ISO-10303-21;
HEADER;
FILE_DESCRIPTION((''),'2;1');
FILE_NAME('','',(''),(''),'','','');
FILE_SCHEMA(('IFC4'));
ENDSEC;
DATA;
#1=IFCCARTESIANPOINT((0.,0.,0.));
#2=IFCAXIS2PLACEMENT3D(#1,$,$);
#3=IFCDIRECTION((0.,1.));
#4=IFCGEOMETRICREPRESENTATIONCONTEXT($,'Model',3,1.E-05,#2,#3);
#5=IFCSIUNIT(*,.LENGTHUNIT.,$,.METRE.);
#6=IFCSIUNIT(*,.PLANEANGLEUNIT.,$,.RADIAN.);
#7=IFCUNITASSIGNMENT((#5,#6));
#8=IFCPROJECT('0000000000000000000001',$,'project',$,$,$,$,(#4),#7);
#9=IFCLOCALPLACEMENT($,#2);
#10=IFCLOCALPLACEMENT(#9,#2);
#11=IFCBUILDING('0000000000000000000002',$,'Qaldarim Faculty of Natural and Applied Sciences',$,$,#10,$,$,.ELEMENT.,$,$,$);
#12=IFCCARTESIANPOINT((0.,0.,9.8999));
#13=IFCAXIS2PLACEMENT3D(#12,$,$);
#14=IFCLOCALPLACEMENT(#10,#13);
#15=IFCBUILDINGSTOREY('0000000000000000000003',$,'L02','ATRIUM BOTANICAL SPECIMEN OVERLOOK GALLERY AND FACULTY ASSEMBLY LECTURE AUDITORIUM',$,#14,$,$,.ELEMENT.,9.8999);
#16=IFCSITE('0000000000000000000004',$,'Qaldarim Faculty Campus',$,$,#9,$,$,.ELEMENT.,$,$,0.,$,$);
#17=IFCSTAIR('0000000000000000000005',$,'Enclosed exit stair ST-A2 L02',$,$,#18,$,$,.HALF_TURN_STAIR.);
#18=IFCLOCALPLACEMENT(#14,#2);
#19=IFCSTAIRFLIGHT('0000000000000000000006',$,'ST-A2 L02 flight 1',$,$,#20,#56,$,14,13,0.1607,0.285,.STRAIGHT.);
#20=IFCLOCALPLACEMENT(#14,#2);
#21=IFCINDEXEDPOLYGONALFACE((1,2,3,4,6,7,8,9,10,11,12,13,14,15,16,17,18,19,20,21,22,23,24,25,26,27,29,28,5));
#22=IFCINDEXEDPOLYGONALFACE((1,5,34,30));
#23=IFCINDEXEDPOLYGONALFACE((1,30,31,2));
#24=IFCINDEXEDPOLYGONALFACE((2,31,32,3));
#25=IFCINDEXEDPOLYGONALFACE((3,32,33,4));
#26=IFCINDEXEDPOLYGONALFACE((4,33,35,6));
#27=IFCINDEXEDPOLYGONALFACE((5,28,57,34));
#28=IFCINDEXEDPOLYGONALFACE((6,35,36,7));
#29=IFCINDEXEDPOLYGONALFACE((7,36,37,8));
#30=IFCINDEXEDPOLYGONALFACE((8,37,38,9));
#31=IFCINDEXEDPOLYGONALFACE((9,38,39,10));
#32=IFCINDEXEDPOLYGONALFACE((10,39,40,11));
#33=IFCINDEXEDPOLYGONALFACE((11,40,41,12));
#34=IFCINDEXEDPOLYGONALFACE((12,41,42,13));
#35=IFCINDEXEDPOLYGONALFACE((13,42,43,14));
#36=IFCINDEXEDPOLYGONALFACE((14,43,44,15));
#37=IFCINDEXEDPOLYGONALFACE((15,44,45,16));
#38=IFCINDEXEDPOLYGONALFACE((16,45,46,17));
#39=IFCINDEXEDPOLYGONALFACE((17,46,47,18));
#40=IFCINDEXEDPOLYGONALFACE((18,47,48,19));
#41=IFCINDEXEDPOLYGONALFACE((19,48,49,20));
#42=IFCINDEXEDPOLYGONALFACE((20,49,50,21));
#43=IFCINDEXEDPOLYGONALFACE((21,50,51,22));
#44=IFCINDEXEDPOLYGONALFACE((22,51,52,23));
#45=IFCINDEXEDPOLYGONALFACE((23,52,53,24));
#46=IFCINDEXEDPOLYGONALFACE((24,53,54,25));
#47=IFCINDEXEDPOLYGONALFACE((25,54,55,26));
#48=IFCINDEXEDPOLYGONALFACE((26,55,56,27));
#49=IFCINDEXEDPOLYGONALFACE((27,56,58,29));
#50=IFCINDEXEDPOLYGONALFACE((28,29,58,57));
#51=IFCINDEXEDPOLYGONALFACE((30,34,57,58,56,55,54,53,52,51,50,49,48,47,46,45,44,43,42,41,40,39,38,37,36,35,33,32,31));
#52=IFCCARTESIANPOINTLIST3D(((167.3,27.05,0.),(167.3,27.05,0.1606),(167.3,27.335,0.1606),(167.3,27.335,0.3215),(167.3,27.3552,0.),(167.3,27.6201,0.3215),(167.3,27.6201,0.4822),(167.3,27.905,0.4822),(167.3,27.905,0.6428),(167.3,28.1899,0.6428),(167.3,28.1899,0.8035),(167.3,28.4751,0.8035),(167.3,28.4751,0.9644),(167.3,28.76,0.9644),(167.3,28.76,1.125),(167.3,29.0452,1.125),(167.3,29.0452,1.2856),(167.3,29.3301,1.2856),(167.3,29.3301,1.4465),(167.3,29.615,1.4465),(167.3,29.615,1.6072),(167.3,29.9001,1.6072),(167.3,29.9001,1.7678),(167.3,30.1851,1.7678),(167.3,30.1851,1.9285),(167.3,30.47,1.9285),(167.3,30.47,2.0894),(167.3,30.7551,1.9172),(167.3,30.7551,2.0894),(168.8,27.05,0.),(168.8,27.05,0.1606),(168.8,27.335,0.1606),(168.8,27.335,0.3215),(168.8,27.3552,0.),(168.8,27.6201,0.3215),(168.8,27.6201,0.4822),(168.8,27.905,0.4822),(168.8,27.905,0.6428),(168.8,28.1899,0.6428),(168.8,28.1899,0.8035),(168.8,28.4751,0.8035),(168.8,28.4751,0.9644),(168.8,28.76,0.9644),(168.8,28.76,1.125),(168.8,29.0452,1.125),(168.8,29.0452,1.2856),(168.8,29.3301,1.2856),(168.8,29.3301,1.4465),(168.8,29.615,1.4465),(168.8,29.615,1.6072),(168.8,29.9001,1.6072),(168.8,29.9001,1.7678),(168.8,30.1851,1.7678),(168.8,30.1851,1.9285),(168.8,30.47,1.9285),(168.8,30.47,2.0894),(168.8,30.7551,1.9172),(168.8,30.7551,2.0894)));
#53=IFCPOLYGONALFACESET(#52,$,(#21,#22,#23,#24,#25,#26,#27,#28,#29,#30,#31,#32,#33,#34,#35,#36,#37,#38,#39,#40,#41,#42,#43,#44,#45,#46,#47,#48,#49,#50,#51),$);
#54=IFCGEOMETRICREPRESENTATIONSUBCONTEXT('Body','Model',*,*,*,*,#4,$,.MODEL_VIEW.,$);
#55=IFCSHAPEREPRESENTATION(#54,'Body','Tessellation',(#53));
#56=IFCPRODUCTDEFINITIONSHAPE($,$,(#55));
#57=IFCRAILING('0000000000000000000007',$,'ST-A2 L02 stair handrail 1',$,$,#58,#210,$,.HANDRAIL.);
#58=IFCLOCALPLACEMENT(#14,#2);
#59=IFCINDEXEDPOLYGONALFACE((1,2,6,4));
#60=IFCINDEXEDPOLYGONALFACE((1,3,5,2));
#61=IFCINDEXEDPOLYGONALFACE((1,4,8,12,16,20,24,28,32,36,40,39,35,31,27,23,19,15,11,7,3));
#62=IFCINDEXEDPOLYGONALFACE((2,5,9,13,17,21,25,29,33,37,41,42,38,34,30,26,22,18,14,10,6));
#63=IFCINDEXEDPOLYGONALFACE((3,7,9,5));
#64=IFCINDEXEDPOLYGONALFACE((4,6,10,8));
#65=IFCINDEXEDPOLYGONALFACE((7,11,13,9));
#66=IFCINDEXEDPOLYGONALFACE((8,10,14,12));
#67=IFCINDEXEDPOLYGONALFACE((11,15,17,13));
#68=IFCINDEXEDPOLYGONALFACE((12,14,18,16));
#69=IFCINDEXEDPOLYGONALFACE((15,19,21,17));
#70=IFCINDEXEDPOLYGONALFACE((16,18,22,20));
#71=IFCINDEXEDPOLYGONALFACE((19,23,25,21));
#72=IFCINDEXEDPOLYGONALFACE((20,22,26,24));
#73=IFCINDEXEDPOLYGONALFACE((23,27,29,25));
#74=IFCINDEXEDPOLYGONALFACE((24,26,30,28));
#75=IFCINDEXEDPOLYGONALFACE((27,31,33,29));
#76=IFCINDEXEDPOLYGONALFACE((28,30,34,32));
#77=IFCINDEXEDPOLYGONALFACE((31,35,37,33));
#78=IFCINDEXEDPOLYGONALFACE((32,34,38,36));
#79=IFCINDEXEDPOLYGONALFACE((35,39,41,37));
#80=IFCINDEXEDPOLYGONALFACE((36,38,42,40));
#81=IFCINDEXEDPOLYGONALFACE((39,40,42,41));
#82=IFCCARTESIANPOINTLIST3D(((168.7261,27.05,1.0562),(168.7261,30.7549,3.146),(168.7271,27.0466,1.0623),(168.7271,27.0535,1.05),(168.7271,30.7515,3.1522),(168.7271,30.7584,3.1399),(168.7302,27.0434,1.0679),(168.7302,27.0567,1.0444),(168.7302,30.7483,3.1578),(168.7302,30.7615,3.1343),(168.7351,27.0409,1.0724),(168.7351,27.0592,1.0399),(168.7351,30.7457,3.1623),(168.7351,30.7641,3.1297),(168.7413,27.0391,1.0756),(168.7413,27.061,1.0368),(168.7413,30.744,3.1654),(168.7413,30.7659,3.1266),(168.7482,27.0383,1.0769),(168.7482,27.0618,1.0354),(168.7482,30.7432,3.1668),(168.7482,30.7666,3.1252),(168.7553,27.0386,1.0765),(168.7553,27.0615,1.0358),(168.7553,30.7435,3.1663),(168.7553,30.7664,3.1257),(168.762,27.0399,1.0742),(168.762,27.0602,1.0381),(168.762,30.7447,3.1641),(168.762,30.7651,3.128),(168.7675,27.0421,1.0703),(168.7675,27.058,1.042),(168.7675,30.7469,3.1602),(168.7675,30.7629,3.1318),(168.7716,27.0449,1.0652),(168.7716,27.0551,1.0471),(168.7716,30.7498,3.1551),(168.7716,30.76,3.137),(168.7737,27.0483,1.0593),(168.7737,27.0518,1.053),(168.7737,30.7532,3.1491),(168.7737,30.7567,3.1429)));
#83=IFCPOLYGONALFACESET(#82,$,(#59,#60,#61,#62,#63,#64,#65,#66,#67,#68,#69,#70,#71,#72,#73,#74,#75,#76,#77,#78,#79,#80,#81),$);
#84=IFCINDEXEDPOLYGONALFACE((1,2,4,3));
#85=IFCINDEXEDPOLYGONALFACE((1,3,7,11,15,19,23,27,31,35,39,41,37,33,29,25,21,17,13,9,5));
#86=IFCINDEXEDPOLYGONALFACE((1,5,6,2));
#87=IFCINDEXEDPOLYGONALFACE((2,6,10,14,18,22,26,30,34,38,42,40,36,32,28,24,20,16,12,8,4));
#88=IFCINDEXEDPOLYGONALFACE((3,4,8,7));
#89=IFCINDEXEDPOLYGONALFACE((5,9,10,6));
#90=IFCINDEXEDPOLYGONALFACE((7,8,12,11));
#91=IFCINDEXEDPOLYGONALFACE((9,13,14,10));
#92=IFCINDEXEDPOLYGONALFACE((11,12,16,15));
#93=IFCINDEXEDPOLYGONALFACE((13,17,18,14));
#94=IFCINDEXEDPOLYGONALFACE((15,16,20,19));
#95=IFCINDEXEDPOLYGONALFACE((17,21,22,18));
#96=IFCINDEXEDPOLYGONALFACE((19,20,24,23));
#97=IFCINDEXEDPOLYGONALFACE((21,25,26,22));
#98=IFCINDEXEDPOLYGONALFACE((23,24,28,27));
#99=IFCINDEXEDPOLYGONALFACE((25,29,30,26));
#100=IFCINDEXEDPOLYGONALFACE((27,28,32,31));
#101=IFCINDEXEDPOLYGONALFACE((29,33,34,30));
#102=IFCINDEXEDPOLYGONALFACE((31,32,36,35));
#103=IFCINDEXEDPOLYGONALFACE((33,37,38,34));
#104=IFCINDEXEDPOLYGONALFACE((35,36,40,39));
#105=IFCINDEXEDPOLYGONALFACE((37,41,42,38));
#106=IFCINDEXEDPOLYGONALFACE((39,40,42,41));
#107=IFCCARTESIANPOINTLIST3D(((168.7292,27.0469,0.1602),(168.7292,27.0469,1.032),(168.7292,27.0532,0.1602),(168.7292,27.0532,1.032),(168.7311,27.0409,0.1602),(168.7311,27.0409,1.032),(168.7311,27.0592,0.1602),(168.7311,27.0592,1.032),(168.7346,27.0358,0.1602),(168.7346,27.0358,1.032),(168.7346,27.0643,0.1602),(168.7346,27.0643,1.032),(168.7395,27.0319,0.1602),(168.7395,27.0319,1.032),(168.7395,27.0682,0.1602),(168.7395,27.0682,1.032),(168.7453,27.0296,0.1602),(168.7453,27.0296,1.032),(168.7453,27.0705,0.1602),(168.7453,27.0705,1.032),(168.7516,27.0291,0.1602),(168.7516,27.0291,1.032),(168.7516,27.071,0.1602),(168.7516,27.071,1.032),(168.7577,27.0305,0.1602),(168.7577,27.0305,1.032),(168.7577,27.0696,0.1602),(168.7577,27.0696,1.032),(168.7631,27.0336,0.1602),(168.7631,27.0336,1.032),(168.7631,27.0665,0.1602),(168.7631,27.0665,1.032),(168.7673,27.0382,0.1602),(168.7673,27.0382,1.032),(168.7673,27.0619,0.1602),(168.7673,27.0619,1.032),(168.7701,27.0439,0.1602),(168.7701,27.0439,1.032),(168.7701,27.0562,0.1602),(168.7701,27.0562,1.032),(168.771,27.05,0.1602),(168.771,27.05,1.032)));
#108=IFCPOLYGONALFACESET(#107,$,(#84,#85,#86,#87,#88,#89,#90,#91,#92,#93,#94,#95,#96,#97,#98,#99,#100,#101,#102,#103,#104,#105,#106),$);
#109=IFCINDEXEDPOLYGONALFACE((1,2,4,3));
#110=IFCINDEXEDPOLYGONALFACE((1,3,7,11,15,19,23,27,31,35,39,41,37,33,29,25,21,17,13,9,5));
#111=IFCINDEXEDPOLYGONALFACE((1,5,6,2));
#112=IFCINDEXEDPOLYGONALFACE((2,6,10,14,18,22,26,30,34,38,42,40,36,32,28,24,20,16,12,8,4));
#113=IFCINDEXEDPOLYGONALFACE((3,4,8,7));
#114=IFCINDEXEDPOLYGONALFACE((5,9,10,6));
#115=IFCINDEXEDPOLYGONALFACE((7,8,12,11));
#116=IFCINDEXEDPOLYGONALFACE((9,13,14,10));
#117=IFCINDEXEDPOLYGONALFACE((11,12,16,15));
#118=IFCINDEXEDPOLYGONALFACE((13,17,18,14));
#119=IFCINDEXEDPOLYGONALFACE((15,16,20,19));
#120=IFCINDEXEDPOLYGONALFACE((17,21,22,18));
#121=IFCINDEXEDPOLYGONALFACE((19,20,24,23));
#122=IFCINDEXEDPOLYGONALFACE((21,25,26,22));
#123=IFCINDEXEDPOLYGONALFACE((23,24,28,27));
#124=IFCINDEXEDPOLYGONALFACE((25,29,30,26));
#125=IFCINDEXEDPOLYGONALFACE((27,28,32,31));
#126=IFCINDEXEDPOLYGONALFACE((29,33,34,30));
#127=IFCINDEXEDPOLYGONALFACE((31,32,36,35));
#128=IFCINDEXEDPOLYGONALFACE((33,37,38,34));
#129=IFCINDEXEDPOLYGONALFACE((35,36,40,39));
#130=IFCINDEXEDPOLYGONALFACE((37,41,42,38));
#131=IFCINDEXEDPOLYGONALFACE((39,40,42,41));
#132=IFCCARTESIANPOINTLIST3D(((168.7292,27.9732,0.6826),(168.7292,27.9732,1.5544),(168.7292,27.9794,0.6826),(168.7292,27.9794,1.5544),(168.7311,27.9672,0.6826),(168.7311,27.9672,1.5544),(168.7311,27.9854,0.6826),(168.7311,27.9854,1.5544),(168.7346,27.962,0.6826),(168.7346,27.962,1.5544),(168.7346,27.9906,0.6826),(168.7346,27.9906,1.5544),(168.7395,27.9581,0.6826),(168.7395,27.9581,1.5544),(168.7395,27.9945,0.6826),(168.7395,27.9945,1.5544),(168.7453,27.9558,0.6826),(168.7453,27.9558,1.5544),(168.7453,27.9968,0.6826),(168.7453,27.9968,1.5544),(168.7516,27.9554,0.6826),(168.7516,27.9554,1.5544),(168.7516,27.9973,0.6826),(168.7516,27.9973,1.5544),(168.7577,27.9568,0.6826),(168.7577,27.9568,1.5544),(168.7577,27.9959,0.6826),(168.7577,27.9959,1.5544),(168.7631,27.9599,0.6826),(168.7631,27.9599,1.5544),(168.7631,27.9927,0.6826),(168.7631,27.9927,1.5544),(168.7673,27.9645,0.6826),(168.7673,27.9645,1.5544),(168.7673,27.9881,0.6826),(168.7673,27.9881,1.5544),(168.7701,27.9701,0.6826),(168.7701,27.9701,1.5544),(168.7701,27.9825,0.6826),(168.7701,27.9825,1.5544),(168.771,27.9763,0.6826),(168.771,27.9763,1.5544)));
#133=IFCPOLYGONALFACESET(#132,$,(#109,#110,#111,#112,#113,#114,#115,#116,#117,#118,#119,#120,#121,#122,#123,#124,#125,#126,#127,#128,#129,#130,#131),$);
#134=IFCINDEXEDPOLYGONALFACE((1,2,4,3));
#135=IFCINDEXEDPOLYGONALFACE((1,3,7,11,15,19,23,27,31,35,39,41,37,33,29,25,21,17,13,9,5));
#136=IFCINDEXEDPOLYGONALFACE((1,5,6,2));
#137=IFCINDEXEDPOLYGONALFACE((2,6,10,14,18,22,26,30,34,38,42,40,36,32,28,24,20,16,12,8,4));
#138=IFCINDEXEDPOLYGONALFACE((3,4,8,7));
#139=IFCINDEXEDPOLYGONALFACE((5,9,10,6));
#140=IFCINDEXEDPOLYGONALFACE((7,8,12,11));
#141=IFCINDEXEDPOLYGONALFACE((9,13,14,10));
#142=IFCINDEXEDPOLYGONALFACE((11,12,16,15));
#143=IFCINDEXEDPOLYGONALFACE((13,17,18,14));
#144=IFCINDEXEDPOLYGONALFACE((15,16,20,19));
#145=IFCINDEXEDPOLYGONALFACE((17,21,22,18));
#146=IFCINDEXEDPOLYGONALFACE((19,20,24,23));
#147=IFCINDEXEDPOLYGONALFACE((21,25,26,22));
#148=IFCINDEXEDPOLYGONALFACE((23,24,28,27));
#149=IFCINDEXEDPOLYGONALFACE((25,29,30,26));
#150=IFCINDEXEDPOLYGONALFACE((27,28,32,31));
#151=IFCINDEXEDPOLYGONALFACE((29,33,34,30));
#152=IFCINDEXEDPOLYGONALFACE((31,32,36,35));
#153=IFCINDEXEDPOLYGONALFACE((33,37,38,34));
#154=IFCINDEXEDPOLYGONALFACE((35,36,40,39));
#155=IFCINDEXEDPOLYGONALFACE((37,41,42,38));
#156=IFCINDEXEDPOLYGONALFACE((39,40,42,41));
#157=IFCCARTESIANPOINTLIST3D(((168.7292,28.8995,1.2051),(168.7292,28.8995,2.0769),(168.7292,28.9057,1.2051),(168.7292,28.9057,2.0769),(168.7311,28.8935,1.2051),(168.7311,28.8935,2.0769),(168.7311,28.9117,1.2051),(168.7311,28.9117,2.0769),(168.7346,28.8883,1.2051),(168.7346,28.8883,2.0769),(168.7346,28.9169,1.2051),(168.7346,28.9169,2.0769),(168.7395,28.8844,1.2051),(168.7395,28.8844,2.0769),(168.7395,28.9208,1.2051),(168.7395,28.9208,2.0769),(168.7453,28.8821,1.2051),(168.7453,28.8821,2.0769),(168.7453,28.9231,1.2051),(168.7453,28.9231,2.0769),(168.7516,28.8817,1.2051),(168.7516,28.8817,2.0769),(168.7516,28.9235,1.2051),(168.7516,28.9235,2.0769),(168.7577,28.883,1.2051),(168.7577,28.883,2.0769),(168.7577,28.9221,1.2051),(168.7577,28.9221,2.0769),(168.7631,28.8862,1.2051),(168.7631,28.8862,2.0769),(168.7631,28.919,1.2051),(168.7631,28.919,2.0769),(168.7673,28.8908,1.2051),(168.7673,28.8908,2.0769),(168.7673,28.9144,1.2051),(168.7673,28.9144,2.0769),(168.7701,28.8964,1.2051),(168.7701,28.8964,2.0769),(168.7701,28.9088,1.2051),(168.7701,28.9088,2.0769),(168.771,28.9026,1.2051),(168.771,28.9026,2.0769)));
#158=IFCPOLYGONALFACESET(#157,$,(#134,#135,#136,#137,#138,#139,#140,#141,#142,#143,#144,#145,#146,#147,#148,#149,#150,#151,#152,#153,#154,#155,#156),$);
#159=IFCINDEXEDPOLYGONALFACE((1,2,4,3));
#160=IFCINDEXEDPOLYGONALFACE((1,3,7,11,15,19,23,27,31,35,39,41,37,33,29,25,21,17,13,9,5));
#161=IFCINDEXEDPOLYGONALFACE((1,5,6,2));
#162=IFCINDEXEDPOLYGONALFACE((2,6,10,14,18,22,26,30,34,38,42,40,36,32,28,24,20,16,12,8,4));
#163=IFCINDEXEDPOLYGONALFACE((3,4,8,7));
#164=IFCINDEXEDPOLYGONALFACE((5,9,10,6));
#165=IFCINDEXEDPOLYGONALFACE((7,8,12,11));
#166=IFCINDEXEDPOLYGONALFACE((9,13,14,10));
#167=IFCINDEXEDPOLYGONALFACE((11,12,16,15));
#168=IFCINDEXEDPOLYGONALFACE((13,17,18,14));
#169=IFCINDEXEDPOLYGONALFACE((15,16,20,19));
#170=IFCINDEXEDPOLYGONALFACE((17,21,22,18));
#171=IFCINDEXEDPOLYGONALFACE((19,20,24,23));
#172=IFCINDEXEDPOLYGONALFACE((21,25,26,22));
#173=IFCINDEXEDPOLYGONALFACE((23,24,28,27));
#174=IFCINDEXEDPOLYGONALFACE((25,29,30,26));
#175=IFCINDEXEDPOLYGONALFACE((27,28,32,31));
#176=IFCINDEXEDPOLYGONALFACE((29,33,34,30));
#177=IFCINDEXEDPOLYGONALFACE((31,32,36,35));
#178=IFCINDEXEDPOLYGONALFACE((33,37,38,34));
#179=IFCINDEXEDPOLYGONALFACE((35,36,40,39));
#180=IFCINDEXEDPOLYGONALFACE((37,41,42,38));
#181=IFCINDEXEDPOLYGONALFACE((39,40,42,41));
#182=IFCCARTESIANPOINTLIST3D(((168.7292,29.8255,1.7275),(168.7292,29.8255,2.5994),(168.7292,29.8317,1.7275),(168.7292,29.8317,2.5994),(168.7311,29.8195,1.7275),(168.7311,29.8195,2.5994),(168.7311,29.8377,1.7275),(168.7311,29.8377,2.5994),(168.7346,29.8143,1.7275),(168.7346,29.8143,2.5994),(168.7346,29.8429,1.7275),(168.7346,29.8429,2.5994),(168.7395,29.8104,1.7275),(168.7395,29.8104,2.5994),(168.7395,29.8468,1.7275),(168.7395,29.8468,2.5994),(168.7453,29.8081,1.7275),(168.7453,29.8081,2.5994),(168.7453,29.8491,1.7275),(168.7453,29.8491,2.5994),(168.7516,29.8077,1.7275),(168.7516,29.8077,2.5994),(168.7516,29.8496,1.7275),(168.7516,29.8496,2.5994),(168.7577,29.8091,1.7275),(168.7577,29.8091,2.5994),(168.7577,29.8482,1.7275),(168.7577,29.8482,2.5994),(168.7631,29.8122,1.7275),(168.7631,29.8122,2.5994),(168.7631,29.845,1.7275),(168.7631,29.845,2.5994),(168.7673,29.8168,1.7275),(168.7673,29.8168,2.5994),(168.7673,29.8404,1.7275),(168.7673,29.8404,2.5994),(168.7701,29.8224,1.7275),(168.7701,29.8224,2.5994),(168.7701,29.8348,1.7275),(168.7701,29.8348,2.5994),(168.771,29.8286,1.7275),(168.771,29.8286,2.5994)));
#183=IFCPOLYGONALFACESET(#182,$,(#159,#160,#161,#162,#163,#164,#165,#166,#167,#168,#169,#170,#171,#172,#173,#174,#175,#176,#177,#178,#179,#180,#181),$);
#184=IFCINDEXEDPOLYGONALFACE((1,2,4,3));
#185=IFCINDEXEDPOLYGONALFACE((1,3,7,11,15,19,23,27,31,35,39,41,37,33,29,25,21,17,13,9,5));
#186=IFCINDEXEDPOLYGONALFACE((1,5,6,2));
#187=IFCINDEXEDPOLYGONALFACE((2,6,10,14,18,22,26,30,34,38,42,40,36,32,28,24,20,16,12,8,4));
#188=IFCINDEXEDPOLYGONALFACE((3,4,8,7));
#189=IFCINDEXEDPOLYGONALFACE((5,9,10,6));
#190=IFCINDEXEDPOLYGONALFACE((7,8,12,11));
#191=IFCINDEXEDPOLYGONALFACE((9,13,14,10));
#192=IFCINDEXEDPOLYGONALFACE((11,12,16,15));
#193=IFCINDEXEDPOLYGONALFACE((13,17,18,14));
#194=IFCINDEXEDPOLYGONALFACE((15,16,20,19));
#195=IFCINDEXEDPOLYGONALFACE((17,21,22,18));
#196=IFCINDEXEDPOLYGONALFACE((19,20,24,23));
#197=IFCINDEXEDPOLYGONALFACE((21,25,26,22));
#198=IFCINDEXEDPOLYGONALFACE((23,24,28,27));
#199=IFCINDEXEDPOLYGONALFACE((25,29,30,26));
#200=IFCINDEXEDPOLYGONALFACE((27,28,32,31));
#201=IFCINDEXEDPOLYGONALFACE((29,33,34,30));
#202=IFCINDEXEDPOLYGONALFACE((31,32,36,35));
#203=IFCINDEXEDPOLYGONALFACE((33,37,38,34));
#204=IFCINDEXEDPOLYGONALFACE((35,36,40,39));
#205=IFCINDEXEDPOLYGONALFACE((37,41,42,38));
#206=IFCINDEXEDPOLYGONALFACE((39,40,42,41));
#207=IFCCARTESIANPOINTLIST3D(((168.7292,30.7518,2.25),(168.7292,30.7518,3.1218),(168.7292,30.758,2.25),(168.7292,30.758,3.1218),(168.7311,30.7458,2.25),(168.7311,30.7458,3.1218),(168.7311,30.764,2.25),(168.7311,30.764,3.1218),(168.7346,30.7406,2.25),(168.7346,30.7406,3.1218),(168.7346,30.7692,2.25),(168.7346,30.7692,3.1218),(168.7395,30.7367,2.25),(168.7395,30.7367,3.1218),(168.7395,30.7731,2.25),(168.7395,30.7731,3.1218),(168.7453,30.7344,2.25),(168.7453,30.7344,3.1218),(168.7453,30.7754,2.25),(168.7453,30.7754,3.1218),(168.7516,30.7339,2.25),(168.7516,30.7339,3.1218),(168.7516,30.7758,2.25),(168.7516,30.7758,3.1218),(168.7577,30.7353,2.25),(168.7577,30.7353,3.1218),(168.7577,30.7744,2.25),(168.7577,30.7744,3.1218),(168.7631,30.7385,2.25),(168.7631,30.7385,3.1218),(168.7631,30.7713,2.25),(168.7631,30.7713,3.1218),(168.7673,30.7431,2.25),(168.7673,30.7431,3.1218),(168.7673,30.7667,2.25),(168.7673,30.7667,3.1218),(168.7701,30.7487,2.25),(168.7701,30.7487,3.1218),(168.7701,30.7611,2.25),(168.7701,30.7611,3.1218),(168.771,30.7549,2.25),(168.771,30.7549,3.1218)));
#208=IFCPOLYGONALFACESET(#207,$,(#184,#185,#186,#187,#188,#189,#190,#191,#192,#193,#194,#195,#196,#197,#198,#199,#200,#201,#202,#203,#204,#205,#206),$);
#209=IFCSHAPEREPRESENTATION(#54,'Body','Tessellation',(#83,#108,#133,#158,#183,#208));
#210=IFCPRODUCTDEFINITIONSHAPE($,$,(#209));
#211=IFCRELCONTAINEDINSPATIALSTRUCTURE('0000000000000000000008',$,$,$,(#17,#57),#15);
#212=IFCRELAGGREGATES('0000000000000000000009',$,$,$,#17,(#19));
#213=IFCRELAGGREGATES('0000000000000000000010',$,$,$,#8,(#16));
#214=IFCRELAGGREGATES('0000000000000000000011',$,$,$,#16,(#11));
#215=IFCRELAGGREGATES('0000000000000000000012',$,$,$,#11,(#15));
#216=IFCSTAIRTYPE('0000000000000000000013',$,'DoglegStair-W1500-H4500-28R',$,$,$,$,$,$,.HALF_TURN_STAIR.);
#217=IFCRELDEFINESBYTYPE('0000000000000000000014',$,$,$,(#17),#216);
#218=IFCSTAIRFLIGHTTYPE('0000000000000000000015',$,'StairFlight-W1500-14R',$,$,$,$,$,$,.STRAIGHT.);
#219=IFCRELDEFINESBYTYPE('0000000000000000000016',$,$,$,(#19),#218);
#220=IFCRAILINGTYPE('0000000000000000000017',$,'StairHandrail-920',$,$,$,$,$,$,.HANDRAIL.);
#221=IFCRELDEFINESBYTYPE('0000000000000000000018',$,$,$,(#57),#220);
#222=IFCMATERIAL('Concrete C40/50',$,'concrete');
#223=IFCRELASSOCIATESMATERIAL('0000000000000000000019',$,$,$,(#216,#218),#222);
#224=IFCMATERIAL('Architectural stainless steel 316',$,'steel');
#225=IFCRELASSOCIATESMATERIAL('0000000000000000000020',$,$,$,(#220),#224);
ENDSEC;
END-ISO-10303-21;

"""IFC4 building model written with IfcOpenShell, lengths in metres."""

from ifc_helpers import new_model, si_unit, direction, frame, origin, origin_2d, place, context, subcontext, project, spatial, polyline, circle, outline, extrude, material, type_object, element, aggregate, save


model = new_model("IFC4")

# Units and contexts
model_context = context("Model", 3, precision=1e-05, world=origin(), true_north=direction((0.0, 1.0)))
body_context = subcontext(model_context, "Body", "Model", "MODEL_VIEW")
ifc_project = project(units=[si_unit("LENGTHUNIT", "METRE"), si_unit("PLANEANGLEUNIT", "RADIAN")], contexts=[model_context])

# Site, building, storey
site_placement = place(None, origin())
site = spatial("IfcSite", under=ifc_project, at=site_placement, Name="Qaldarim Faculty Campus", CompositionType="ELEMENT", RefElevation=0.0)
building_placement = place(site_placement, origin())
building = spatial("IfcBuilding", under=site, at=building_placement, Name="Qaldarim Faculty of Natural and Applied Sciences", CompositionType="ELEMENT")
storey_placement = place(building_placement, frame((0.0, 0.0, 9.8999)))
storey = spatial("IfcBuildingStorey", under=building, at=storey_placement, Name="L02", Description="ATRIUM BOTANICAL SPECIMEN OVERLOOK GALLERY AND FACULTY ASSEMBLY LECTURE AUDITORIUM", CompositionType="ELEMENT", Elevation=9.8999)

# Shared definitions
ifc_material_1 = material(Name="Concrete C40/50", Category="concrete")

# Shared definitions
ifc_material_2 = material(Name="Architectural stainless steel 316", Category="steel")

# Stair, stair flight
stair_type = type_object("IfcStairType", Name="DoglegStair-W1500-H4500-28R", PredefinedType="HALF_TURN_STAIR", material=ifc_material_1)
stair_placement = place(storey_placement, origin())
stair = element("IfcStair", 1, at=stair_placement, inside=storey, type_object=stair_type, Name="Enclosed exit stair ST-A2 L02", PredefinedType="HALF_TURN_STAIR")
stair_flight_type = type_object("IfcStairFlightType", Name="StairFlight-W1500-14R", PredefinedType="STRAIGHT", material=ifc_material_1)
stair_flight_placement = place(storey_placement, frame((168.05, 27.05, 0.0), z_axis=(0.0, 0.0, 1.0), x_axis=(0.0, 1.0, 0.0)))
stair_flight = element("IfcStairFlight", 2, at=stair_flight_placement, type_object=stair_flight_type, Name="ST-A2 L02 flight 1", NumberOfRisers=14, NumberOfTreads=13, PredefinedType="STRAIGHT", RiserHeight=0.1607, TreadLength=0.285, context=body_context, shape_type="SweptSolid", body=[
    extrude(outline(polyline([(0.0, 0.0), (0.0, 0.1606), (0.2849, 0.1606), (0.2849, 0.3215), (0.5701, 0.3215), (0.5701, 0.4822), (0.855, 0.4822), (0.855, 0.6428), (1.1399, 0.6428), (1.1399, 0.8035), (1.425, 0.8035), (1.425, 0.9644), (1.71, 0.9644), (1.71, 1.125), (1.9951, 1.125), (1.9951, 1.2856), (2.28, 1.2856), (2.28, 1.4465), (2.5649, 1.4465), (2.5649, 1.6072), (2.8501, 1.6072), (2.8501, 1.7678), (3.135, 1.7678), (3.135, 1.9285), (3.4199, 1.9285), (3.4199, 2.0894), (3.7051, 2.0894), (3.7051, 2.25), (3.7051, 1.9172), (0.3052, 0.0), (0.0, 0.0)])), frame((0.0, 0.75, 0.0), z_axis=(0.0, -1.0, 0.0), x_axis=(1.0, 0.0, 0.0)), (0.0, 0.0, 1.0), 1.5),
])
aggregate(stair, [stair_flight])

# Railing
railing_type = type_object("IfcRailingType", Name="StairHandrail-920", PredefinedType="HANDRAIL", material=ifc_material_2)
railing_placement = place(storey_placement, frame((168.75, 27.05, 0.1602)))
element("IfcRailing", 3, at=railing_placement, inside=storey, type_object=railing_type, Name="ST-A2 L02 stair handrail 1", PredefinedType="HANDRAIL", context=body_context, shape_type="SweptSolid", body=[
    extrude(circle(Radius=0.0239, at=origin_2d()), frame((0.0, 0.0, 0.896), z_axis=(0.0, 0.870985, 0.49131), x_axis=(-1.0, 0.0, 0.0)), (0.0, 0.0, 1.0), 4.2537),
    extrude(circle(Radius=0.021, at=origin_2d()), origin(), (0.0, 0.0, 1.0), 0.8718),
    extrude(circle(Radius=0.021, at=origin_2d()), frame((0.0, 0.9263, 0.5225)), (0.0, 0.0, 1.0), 0.8718),
    extrude(circle(Radius=0.021, at=origin_2d()), frame((0.0, 1.8525, 1.0449)), (0.0, 0.0, 1.0), 0.8718),
    extrude(circle(Radius=0.021, at=origin_2d()), frame((0.0, 2.7786, 1.5674)), (0.0, 0.0, 1.0), 0.8718),
    extrude(circle(Radius=0.021, at=origin_2d()), frame((0.0, 3.7048, 2.0898)), (0.0, 0.0, 1.0), 0.8718),
])

save(model, "model.ifc")
